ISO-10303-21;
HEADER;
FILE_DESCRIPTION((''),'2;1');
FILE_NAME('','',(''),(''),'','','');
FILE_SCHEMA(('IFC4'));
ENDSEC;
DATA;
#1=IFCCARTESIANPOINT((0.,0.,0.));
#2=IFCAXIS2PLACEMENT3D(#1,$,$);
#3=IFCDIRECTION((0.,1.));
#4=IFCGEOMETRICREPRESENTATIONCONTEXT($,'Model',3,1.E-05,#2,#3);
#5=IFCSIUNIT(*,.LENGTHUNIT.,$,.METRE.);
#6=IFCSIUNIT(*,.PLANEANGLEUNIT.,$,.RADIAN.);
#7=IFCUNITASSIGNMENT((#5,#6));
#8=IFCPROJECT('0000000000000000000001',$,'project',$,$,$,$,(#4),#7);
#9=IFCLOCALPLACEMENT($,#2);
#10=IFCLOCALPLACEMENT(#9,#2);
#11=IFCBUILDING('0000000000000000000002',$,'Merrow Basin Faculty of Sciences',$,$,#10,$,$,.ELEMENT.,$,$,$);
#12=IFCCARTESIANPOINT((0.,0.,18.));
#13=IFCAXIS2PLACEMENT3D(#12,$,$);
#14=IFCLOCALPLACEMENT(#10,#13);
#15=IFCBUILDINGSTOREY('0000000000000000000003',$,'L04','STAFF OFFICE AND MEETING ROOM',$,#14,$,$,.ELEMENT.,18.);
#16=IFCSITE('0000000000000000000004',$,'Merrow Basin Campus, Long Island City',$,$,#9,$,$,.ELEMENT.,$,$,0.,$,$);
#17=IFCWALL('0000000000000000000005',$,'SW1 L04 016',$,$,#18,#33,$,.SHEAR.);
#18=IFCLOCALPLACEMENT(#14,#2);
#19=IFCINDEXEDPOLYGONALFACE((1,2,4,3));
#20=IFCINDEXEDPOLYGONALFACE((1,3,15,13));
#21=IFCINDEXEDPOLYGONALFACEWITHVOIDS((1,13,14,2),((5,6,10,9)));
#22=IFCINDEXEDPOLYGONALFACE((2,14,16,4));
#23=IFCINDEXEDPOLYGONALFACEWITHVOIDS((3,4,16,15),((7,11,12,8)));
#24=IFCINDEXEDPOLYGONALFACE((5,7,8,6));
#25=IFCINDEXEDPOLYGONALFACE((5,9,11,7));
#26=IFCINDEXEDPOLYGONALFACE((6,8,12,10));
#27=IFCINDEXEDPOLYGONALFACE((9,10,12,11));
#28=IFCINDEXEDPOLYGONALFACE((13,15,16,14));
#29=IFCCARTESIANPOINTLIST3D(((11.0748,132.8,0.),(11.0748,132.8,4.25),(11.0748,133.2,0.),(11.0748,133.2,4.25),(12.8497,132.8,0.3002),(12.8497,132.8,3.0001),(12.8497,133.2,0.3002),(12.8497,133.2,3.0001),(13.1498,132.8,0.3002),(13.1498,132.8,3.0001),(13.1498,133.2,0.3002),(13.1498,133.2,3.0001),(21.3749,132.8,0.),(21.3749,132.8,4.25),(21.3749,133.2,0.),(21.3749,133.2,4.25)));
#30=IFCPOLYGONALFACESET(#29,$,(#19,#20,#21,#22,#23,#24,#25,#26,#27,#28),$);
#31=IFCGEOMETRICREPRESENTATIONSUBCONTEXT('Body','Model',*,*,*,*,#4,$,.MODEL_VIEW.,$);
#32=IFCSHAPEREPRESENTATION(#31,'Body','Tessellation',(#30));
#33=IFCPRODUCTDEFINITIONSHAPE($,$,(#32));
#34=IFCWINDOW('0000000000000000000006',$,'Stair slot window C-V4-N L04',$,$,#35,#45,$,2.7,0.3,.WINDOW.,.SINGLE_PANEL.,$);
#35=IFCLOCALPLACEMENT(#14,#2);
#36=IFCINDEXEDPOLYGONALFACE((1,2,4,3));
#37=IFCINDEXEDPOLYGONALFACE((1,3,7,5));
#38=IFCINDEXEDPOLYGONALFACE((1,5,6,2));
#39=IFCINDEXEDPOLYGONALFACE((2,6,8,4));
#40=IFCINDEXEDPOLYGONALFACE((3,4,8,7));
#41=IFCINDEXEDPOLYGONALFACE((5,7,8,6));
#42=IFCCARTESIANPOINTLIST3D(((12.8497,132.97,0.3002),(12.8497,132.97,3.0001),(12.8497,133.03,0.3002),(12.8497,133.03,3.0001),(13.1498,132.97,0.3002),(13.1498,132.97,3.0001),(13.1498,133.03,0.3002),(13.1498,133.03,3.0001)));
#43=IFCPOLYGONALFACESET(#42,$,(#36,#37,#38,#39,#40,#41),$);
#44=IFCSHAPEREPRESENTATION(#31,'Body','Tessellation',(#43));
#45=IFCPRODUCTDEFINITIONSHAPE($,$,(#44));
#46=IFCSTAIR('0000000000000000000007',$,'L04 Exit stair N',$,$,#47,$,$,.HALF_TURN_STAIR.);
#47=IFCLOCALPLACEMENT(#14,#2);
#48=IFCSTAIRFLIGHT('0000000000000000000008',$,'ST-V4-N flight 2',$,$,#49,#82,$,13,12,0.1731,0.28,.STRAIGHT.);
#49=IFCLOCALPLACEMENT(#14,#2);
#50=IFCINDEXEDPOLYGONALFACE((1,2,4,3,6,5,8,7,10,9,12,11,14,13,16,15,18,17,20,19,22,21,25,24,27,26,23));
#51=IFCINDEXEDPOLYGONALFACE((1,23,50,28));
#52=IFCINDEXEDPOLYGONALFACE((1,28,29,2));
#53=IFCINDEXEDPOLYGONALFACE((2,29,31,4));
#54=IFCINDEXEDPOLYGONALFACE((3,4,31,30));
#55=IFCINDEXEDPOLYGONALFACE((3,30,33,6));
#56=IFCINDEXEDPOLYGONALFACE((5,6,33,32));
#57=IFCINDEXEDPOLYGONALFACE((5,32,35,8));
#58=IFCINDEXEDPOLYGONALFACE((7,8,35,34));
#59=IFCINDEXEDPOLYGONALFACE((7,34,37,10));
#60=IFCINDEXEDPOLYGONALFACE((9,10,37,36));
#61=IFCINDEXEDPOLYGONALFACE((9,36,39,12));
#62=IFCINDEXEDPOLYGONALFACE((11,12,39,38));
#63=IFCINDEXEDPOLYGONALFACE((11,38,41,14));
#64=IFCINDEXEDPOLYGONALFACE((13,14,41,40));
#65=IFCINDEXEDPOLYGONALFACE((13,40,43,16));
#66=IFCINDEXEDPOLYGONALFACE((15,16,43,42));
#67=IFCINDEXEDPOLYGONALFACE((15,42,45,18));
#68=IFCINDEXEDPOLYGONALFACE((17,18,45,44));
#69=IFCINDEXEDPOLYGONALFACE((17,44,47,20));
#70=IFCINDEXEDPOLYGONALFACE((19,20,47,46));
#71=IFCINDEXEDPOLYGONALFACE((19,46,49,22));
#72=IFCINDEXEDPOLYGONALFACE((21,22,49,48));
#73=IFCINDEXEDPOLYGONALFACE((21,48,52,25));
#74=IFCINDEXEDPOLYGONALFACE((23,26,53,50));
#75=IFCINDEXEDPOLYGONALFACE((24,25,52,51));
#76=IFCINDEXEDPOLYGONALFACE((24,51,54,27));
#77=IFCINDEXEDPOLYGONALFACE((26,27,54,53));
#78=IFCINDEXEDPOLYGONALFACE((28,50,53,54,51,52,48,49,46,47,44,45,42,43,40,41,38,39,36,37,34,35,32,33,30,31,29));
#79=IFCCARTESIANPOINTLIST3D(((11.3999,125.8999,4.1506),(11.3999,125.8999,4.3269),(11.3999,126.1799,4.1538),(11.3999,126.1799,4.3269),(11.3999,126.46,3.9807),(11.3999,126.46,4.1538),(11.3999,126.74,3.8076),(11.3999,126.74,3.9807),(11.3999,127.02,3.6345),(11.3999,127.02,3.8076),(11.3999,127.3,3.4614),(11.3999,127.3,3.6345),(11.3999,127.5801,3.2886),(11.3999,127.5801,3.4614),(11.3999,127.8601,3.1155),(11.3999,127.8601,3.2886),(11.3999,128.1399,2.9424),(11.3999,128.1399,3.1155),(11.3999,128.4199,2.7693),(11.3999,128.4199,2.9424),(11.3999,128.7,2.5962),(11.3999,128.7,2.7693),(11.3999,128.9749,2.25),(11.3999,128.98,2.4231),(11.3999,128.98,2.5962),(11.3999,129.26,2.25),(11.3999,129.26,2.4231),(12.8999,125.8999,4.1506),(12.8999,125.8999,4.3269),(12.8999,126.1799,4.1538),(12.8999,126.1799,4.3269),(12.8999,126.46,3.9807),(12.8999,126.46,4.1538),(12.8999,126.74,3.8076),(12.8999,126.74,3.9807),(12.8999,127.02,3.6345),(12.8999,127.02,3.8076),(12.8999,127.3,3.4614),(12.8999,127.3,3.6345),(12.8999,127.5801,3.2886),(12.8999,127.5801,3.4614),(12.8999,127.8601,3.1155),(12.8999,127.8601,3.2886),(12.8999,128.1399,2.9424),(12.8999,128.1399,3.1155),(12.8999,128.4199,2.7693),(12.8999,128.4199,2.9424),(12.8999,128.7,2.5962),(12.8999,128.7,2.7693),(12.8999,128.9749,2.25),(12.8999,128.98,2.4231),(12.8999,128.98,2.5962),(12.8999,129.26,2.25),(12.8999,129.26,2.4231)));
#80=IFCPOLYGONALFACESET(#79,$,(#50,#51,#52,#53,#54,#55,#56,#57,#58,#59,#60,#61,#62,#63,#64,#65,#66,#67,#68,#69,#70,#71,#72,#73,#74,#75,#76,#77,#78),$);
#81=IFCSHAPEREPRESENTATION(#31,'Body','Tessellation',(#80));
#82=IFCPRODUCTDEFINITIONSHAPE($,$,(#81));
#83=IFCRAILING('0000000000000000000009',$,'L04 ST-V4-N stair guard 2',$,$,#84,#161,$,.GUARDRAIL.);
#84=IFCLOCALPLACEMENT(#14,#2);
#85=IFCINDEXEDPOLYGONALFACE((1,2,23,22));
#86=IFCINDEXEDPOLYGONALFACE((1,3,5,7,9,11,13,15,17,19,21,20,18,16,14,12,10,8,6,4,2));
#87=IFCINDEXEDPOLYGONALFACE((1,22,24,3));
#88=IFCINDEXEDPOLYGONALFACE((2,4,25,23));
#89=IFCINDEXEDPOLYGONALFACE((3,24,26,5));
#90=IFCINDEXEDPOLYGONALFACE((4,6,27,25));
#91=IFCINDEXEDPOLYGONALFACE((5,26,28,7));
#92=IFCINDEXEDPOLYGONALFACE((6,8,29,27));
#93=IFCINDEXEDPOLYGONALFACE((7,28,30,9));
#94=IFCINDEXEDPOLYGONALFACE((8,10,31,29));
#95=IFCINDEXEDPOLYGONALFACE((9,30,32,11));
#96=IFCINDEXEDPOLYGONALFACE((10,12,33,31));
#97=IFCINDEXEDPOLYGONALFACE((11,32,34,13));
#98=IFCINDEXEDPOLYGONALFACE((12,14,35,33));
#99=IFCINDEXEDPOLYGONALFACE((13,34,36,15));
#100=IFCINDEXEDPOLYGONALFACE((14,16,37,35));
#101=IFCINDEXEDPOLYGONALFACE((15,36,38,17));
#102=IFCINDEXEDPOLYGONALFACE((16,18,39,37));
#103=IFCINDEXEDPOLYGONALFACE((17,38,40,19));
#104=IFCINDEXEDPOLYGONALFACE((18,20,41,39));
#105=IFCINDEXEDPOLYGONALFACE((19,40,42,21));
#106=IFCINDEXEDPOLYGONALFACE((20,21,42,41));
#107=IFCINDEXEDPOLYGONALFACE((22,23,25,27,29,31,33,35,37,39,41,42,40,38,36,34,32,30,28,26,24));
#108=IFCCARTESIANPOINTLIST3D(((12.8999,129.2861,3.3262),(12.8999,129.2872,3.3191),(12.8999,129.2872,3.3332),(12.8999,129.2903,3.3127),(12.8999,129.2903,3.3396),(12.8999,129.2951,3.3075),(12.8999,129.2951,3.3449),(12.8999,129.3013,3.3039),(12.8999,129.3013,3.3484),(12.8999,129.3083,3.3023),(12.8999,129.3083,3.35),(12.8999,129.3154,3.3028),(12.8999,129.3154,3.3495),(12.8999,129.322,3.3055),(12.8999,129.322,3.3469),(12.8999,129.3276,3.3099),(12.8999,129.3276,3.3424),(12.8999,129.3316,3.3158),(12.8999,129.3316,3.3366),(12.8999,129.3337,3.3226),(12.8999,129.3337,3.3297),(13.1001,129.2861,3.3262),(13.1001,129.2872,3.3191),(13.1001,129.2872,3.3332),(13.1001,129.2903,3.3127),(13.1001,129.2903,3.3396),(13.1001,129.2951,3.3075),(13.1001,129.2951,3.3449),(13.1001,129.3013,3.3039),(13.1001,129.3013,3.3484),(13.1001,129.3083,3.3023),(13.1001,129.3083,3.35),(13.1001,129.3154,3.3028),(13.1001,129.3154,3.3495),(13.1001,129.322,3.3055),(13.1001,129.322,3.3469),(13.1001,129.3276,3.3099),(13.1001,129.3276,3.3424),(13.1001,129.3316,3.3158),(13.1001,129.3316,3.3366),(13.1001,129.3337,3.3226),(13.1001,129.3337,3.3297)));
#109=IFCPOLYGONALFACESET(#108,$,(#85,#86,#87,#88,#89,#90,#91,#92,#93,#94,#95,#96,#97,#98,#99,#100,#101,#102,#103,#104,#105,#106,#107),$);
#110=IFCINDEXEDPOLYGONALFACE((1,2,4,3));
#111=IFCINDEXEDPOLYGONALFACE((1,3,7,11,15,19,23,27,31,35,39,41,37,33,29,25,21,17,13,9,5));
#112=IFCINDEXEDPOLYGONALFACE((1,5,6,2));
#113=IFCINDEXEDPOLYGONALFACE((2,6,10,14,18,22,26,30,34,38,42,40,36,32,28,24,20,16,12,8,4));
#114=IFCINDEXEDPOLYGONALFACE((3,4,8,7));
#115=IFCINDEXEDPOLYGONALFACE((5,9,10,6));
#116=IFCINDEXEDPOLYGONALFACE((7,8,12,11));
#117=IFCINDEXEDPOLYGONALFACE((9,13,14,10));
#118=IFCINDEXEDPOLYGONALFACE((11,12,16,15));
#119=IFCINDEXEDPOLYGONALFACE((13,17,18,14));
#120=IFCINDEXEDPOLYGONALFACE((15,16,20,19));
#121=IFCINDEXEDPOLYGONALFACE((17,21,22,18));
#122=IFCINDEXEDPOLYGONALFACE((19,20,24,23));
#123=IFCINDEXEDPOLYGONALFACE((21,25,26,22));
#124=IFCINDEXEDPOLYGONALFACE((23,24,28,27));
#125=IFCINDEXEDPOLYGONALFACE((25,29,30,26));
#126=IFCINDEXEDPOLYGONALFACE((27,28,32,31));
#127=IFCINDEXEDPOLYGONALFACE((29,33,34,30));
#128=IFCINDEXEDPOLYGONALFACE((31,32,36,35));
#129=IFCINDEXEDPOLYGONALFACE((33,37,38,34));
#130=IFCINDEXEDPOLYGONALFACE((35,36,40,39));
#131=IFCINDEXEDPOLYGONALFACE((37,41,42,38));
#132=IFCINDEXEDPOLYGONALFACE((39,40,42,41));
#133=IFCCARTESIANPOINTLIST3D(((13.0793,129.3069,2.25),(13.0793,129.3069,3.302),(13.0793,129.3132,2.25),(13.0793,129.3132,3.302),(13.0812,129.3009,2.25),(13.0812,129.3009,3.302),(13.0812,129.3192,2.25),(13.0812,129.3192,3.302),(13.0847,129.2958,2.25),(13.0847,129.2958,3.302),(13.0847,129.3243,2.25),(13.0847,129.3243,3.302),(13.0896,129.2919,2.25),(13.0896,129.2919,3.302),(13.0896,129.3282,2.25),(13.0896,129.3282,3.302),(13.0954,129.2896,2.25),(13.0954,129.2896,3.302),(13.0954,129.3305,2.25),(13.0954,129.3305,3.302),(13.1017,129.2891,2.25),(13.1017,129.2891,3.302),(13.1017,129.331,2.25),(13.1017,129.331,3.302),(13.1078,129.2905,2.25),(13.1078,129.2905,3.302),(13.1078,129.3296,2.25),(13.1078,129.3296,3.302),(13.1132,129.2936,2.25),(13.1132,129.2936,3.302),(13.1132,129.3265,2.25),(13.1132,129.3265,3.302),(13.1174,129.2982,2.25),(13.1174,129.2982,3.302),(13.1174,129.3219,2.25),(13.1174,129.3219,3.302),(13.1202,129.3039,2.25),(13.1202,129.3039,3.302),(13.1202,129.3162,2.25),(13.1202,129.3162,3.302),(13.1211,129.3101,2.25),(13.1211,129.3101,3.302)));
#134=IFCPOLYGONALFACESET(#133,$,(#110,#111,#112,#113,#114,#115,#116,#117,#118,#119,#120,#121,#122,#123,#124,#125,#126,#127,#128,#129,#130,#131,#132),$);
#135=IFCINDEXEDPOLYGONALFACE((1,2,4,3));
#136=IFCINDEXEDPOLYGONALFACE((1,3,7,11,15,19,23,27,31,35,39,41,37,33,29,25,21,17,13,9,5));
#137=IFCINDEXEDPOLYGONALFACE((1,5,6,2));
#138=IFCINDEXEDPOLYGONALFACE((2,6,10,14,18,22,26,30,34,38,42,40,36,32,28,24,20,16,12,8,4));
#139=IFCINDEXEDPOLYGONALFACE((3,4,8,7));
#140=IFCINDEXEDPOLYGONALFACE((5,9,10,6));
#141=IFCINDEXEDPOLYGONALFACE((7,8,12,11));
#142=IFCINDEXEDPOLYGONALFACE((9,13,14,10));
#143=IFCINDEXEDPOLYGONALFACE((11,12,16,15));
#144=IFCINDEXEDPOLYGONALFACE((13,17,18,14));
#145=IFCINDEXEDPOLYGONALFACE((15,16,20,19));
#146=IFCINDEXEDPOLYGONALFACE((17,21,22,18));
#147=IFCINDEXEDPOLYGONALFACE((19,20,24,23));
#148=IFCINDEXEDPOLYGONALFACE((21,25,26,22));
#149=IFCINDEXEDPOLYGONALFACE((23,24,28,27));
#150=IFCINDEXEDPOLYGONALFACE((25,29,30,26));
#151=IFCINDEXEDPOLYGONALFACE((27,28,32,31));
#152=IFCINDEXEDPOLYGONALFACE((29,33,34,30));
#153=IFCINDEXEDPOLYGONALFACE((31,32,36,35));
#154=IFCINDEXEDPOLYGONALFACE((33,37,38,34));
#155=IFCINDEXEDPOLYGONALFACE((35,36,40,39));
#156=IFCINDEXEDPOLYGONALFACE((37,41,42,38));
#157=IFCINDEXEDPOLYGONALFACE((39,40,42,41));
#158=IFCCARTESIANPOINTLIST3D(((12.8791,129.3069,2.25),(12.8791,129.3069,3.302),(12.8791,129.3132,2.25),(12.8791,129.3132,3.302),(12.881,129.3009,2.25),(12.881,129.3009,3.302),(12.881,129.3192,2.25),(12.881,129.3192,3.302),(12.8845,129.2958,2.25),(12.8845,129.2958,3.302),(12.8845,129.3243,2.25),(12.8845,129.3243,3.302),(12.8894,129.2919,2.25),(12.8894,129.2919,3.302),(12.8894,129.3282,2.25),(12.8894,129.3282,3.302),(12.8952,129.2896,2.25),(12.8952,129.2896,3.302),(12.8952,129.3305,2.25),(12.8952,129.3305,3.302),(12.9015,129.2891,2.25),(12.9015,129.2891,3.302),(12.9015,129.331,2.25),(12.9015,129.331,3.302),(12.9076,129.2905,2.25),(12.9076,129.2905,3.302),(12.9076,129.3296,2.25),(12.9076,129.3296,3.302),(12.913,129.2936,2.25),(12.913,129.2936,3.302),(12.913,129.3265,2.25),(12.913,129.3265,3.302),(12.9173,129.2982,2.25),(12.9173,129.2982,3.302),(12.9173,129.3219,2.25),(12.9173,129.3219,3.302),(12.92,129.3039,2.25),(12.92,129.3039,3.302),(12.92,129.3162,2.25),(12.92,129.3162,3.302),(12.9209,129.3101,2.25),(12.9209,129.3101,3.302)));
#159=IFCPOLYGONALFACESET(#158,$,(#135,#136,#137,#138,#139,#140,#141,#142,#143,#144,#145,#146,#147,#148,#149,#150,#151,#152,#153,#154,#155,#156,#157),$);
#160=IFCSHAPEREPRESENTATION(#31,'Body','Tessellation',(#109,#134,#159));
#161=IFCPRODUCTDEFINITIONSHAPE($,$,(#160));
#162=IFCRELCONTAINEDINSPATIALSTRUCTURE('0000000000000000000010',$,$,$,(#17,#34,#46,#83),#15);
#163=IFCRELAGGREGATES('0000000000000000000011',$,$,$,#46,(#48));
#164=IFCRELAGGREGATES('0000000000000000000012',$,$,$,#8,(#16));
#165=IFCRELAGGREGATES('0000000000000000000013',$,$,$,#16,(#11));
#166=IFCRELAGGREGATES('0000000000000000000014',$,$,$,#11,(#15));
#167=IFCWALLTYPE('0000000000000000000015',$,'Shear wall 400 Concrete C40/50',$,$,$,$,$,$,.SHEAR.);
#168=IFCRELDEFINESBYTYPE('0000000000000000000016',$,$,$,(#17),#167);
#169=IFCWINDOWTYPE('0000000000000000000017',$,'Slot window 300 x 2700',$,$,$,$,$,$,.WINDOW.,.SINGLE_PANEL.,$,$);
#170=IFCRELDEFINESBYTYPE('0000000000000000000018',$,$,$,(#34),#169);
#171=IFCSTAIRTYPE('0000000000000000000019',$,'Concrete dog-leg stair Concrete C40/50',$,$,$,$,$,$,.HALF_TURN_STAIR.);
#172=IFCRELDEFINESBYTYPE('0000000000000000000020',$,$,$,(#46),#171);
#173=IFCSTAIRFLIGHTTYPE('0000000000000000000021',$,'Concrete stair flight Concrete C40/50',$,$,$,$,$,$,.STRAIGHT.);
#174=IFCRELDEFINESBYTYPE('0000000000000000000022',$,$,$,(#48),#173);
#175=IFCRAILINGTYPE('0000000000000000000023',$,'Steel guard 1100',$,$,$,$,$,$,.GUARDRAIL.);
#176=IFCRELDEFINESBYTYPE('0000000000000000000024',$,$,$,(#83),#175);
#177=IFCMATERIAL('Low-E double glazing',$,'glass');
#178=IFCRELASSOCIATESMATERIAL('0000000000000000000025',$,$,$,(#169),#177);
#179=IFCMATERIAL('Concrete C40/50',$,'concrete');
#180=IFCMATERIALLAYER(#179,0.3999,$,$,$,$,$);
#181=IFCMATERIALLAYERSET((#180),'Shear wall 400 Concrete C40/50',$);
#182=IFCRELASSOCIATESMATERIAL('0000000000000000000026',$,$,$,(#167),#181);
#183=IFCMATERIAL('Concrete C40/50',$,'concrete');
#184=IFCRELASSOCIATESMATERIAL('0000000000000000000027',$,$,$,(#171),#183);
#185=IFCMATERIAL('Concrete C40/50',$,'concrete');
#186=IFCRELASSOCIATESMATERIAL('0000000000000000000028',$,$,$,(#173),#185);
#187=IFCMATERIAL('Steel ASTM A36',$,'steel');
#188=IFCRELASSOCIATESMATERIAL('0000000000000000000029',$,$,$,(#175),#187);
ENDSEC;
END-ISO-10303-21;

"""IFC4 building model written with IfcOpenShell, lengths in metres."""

from ifc_helpers import new_model, si_unit, direction, frame, frame_2d, origin, origin_2d, place, context, subcontext, project, spatial, polyline, rectangle, circle, outline, extrude, material, layer, layer_set, type_object, element, fill, aggregate, save


model = new_model("IFC4")

# Units and contexts
model_context = context("Model", 3, precision=1e-05, world=origin(), true_north=direction((0.0, 1.0)))
body_context = subcontext(model_context, "Body", "Model", "MODEL_VIEW")
ifc_project = project(units=[si_unit("LENGTHUNIT", "METRE"), si_unit("PLANEANGLEUNIT", "RADIAN")], contexts=[model_context])

# Site, building, storey
site_placement = place(None, origin())
site = spatial("IfcSite", under=ifc_project, at=site_placement, Name="Merrow Basin Campus, Long Island City", CompositionType="ELEMENT", RefElevation=0.0)
building_placement = place(site_placement, origin())
building = spatial("IfcBuilding", under=site, at=building_placement, Name="Merrow Basin Faculty of Sciences", CompositionType="ELEMENT")
storey_placement = place(building_placement, frame((0.0, 0.0, 18.0)))
storey = spatial("IfcBuildingStorey", under=building, at=storey_placement, Name="L04", Description="STAFF OFFICE AND MEETING ROOM", CompositionType="ELEMENT", Elevation=18.0)

# Shared definitions
ifc_material_1 = material(Name="Low-E double glazing", Category="glass")
window_type = type_object("IfcWindowType", Name="Slot window 300 x 2700", PartitioningType="SINGLE_PANEL", PredefinedType="WINDOW", material=ifc_material_1)

# Wall, opening, window
ifc_material_2 = material(Name="Concrete C40/50", Category="concrete")
ifc_layer_1 = layer(ifc_material_2, 0.3999)
ifc_layer_set_1 = layer_set([ifc_layer_1], Name="Shear wall 400 Concrete C40/50")
wall_type_1 = type_object("IfcWallType", Name="Shear wall 400 Concrete C40/50", PredefinedType="SHEAR", material=ifc_layer_set_1)
wall_1_placement = place(storey_placement, frame((11.075, 133.0, 0.0), z_axis=(0.0, 0.0, 1.0), x_axis=(1.0, 0.0, 0.0)))
wall_1 = element("IfcWall", 1, at=wall_1_placement, inside=storey, type_object=wall_type_1, Name="SW1 L04 016", PredefinedType="SHEAR", context=body_context, shape_type="SweptSolid", body=[
    extrude(rectangle(XDim=10.3, YDim=0.3999, at=frame_2d((5.1499, 0.0))), origin(), (0.0, 0.0, 1.0), 4.25),
])
opening_1_placement = place(wall_1_placement, frame((1.7749, 0.0, 0.3)))
opening_1 = element("IfcOpeningElement", 2, at=opening_1_placement, cuts=wall_1, PredefinedType="OPENING", context=body_context, shape_type="SweptSolid", body=[
    extrude(rectangle(XDim=0.3, YDim=2.7, at=frame_2d((0.1499, 1.3501))), frame((0.0, 0.21, 0.0), z_axis=(0.0, -1.0, 0.0), x_axis=(1.0, 0.0, 0.0)), (0.0, 0.0, 1.0), 0.4199),
])
window_1_placement = place(opening_1_placement, origin())
window_1 = element("IfcWindow", 3, at=window_1_placement, inside=storey, type_object=window_type, Name="Stair slot window C-V4-N L04", OverallHeight=2.7, OverallWidth=0.3, PartitioningType="SINGLE_PANEL", PredefinedType="WINDOW", context=body_context, shape_type="SweptSolid", body=[
    extrude(rectangle(XDim=0.3, YDim=2.7, at=frame_2d((0.1499, 1.3501))), frame((0.0, 0.03, 0.0), z_axis=(0.0, -1.0, 0.0), x_axis=(1.0, 0.0, 0.0)), (0.0, 0.0, 1.0), 0.0601),
])
fill(opening_1, window_1)

# Stair, stair flight
ifc_material_3 = material(Name="Concrete C40/50", Category="concrete")
stair_type = type_object("IfcStairType", Name="Concrete dog-leg stair Concrete C40/50", PredefinedType="HALF_TURN_STAIR", material=ifc_material_3)
stair_placement = place(storey_placement, origin())
stair = element("IfcStair", 4, at=stair_placement, inside=storey, type_object=stair_type, Name="L04 Exit stair N", PredefinedType="HALF_TURN_STAIR")
ifc_material_4 = material(Name="Concrete C40/50", Category="concrete")
stair_flight_type = type_object("IfcStairFlightType", Name="Concrete stair flight Concrete C40/50", PredefinedType="STRAIGHT", material=ifc_material_4)
stair_flight_placement = place(storey_placement, frame((12.1499, 129.26, 2.25), z_axis=(0.0, 0.0, 1.0), x_axis=(0.0, -1.0, 0.0)))
stair_flight = element("IfcStairFlight", 5, at=stair_flight_placement, type_object=stair_flight_type, Name="ST-V4-N flight 2", NumberOfRisers=13, NumberOfTreads=12, PredefinedType="STRAIGHT", RiserHeight=0.1731, TreadLength=0.28, context=body_context, shape_type="SweptSolid", body=[
    extrude(outline(polyline([(0.0, 0.0), (0.0, 0.1731), (0.28, 0.1731), (0.28, 0.3462), (0.5601, 0.3462), (0.5601, 0.5193), (0.8401, 0.5193), (0.8401, 0.6924), (1.1201, 0.6924), (1.1201, 0.8655), (1.3999, 0.8655), (1.3999, 1.0386), (1.6799, 1.0386), (1.6799, 1.2114), (1.96, 1.2114), (1.96, 1.3845), (2.24, 1.3845), (2.24, 1.5576), (2.52, 1.5576), (2.52, 1.7307), (2.8, 1.7307), (2.8, 1.9038), (3.0801, 1.9038), (3.0801, 2.0769), (3.3601, 2.0769), (3.3601, 2.25), (3.3601, 1.9006), (0.2852, 0.0), (0.0, 0.0)])), frame((0.0, 0.75, 0.0), z_axis=(0.0, -1.0, 0.0), x_axis=(1.0, 0.0, 0.0)), (0.0, 0.0, 1.0), 1.5),
])
aggregate(stair, [stair_flight])

# Railing
ifc_material_5 = material(Name="Steel ASTM A36", Category="steel")
railing_type_1 = type_object("IfcRailingType", Name="Steel guard 1100", PredefinedType="GUARDRAIL", material=ifc_material_5)
railing_1_placement = place(storey_placement, frame((13.1001, 129.3101, 2.25)))
element("IfcRailing", 6, at=railing_1_placement, inside=storey, type_object=railing_type_1, Name="L04 ST-V4-N stair guard 2", PredefinedType="GUARDRAIL", context=body_context, shape_type="SweptSolid", body=[
    extrude(circle(Radius=0.0239, at=origin_2d()), frame((0.0, 0.0, 1.0762), z_axis=(-1.0, 0.0, 0.0), x_axis=(0.0, -1.0, 0.0)), (0.0, 0.0, 1.0), 0.2002),
    extrude(circle(Radius=0.021, at=origin_2d()), origin(), (0.0, 0.0, 1.0), 1.052),
    extrude(circle(Radius=0.021, at=origin_2d()), frame((-0.2002, 0.0, 0.0)), (0.0, 0.0, 1.0), 1.052),
])

save(model, "model.ifc")
